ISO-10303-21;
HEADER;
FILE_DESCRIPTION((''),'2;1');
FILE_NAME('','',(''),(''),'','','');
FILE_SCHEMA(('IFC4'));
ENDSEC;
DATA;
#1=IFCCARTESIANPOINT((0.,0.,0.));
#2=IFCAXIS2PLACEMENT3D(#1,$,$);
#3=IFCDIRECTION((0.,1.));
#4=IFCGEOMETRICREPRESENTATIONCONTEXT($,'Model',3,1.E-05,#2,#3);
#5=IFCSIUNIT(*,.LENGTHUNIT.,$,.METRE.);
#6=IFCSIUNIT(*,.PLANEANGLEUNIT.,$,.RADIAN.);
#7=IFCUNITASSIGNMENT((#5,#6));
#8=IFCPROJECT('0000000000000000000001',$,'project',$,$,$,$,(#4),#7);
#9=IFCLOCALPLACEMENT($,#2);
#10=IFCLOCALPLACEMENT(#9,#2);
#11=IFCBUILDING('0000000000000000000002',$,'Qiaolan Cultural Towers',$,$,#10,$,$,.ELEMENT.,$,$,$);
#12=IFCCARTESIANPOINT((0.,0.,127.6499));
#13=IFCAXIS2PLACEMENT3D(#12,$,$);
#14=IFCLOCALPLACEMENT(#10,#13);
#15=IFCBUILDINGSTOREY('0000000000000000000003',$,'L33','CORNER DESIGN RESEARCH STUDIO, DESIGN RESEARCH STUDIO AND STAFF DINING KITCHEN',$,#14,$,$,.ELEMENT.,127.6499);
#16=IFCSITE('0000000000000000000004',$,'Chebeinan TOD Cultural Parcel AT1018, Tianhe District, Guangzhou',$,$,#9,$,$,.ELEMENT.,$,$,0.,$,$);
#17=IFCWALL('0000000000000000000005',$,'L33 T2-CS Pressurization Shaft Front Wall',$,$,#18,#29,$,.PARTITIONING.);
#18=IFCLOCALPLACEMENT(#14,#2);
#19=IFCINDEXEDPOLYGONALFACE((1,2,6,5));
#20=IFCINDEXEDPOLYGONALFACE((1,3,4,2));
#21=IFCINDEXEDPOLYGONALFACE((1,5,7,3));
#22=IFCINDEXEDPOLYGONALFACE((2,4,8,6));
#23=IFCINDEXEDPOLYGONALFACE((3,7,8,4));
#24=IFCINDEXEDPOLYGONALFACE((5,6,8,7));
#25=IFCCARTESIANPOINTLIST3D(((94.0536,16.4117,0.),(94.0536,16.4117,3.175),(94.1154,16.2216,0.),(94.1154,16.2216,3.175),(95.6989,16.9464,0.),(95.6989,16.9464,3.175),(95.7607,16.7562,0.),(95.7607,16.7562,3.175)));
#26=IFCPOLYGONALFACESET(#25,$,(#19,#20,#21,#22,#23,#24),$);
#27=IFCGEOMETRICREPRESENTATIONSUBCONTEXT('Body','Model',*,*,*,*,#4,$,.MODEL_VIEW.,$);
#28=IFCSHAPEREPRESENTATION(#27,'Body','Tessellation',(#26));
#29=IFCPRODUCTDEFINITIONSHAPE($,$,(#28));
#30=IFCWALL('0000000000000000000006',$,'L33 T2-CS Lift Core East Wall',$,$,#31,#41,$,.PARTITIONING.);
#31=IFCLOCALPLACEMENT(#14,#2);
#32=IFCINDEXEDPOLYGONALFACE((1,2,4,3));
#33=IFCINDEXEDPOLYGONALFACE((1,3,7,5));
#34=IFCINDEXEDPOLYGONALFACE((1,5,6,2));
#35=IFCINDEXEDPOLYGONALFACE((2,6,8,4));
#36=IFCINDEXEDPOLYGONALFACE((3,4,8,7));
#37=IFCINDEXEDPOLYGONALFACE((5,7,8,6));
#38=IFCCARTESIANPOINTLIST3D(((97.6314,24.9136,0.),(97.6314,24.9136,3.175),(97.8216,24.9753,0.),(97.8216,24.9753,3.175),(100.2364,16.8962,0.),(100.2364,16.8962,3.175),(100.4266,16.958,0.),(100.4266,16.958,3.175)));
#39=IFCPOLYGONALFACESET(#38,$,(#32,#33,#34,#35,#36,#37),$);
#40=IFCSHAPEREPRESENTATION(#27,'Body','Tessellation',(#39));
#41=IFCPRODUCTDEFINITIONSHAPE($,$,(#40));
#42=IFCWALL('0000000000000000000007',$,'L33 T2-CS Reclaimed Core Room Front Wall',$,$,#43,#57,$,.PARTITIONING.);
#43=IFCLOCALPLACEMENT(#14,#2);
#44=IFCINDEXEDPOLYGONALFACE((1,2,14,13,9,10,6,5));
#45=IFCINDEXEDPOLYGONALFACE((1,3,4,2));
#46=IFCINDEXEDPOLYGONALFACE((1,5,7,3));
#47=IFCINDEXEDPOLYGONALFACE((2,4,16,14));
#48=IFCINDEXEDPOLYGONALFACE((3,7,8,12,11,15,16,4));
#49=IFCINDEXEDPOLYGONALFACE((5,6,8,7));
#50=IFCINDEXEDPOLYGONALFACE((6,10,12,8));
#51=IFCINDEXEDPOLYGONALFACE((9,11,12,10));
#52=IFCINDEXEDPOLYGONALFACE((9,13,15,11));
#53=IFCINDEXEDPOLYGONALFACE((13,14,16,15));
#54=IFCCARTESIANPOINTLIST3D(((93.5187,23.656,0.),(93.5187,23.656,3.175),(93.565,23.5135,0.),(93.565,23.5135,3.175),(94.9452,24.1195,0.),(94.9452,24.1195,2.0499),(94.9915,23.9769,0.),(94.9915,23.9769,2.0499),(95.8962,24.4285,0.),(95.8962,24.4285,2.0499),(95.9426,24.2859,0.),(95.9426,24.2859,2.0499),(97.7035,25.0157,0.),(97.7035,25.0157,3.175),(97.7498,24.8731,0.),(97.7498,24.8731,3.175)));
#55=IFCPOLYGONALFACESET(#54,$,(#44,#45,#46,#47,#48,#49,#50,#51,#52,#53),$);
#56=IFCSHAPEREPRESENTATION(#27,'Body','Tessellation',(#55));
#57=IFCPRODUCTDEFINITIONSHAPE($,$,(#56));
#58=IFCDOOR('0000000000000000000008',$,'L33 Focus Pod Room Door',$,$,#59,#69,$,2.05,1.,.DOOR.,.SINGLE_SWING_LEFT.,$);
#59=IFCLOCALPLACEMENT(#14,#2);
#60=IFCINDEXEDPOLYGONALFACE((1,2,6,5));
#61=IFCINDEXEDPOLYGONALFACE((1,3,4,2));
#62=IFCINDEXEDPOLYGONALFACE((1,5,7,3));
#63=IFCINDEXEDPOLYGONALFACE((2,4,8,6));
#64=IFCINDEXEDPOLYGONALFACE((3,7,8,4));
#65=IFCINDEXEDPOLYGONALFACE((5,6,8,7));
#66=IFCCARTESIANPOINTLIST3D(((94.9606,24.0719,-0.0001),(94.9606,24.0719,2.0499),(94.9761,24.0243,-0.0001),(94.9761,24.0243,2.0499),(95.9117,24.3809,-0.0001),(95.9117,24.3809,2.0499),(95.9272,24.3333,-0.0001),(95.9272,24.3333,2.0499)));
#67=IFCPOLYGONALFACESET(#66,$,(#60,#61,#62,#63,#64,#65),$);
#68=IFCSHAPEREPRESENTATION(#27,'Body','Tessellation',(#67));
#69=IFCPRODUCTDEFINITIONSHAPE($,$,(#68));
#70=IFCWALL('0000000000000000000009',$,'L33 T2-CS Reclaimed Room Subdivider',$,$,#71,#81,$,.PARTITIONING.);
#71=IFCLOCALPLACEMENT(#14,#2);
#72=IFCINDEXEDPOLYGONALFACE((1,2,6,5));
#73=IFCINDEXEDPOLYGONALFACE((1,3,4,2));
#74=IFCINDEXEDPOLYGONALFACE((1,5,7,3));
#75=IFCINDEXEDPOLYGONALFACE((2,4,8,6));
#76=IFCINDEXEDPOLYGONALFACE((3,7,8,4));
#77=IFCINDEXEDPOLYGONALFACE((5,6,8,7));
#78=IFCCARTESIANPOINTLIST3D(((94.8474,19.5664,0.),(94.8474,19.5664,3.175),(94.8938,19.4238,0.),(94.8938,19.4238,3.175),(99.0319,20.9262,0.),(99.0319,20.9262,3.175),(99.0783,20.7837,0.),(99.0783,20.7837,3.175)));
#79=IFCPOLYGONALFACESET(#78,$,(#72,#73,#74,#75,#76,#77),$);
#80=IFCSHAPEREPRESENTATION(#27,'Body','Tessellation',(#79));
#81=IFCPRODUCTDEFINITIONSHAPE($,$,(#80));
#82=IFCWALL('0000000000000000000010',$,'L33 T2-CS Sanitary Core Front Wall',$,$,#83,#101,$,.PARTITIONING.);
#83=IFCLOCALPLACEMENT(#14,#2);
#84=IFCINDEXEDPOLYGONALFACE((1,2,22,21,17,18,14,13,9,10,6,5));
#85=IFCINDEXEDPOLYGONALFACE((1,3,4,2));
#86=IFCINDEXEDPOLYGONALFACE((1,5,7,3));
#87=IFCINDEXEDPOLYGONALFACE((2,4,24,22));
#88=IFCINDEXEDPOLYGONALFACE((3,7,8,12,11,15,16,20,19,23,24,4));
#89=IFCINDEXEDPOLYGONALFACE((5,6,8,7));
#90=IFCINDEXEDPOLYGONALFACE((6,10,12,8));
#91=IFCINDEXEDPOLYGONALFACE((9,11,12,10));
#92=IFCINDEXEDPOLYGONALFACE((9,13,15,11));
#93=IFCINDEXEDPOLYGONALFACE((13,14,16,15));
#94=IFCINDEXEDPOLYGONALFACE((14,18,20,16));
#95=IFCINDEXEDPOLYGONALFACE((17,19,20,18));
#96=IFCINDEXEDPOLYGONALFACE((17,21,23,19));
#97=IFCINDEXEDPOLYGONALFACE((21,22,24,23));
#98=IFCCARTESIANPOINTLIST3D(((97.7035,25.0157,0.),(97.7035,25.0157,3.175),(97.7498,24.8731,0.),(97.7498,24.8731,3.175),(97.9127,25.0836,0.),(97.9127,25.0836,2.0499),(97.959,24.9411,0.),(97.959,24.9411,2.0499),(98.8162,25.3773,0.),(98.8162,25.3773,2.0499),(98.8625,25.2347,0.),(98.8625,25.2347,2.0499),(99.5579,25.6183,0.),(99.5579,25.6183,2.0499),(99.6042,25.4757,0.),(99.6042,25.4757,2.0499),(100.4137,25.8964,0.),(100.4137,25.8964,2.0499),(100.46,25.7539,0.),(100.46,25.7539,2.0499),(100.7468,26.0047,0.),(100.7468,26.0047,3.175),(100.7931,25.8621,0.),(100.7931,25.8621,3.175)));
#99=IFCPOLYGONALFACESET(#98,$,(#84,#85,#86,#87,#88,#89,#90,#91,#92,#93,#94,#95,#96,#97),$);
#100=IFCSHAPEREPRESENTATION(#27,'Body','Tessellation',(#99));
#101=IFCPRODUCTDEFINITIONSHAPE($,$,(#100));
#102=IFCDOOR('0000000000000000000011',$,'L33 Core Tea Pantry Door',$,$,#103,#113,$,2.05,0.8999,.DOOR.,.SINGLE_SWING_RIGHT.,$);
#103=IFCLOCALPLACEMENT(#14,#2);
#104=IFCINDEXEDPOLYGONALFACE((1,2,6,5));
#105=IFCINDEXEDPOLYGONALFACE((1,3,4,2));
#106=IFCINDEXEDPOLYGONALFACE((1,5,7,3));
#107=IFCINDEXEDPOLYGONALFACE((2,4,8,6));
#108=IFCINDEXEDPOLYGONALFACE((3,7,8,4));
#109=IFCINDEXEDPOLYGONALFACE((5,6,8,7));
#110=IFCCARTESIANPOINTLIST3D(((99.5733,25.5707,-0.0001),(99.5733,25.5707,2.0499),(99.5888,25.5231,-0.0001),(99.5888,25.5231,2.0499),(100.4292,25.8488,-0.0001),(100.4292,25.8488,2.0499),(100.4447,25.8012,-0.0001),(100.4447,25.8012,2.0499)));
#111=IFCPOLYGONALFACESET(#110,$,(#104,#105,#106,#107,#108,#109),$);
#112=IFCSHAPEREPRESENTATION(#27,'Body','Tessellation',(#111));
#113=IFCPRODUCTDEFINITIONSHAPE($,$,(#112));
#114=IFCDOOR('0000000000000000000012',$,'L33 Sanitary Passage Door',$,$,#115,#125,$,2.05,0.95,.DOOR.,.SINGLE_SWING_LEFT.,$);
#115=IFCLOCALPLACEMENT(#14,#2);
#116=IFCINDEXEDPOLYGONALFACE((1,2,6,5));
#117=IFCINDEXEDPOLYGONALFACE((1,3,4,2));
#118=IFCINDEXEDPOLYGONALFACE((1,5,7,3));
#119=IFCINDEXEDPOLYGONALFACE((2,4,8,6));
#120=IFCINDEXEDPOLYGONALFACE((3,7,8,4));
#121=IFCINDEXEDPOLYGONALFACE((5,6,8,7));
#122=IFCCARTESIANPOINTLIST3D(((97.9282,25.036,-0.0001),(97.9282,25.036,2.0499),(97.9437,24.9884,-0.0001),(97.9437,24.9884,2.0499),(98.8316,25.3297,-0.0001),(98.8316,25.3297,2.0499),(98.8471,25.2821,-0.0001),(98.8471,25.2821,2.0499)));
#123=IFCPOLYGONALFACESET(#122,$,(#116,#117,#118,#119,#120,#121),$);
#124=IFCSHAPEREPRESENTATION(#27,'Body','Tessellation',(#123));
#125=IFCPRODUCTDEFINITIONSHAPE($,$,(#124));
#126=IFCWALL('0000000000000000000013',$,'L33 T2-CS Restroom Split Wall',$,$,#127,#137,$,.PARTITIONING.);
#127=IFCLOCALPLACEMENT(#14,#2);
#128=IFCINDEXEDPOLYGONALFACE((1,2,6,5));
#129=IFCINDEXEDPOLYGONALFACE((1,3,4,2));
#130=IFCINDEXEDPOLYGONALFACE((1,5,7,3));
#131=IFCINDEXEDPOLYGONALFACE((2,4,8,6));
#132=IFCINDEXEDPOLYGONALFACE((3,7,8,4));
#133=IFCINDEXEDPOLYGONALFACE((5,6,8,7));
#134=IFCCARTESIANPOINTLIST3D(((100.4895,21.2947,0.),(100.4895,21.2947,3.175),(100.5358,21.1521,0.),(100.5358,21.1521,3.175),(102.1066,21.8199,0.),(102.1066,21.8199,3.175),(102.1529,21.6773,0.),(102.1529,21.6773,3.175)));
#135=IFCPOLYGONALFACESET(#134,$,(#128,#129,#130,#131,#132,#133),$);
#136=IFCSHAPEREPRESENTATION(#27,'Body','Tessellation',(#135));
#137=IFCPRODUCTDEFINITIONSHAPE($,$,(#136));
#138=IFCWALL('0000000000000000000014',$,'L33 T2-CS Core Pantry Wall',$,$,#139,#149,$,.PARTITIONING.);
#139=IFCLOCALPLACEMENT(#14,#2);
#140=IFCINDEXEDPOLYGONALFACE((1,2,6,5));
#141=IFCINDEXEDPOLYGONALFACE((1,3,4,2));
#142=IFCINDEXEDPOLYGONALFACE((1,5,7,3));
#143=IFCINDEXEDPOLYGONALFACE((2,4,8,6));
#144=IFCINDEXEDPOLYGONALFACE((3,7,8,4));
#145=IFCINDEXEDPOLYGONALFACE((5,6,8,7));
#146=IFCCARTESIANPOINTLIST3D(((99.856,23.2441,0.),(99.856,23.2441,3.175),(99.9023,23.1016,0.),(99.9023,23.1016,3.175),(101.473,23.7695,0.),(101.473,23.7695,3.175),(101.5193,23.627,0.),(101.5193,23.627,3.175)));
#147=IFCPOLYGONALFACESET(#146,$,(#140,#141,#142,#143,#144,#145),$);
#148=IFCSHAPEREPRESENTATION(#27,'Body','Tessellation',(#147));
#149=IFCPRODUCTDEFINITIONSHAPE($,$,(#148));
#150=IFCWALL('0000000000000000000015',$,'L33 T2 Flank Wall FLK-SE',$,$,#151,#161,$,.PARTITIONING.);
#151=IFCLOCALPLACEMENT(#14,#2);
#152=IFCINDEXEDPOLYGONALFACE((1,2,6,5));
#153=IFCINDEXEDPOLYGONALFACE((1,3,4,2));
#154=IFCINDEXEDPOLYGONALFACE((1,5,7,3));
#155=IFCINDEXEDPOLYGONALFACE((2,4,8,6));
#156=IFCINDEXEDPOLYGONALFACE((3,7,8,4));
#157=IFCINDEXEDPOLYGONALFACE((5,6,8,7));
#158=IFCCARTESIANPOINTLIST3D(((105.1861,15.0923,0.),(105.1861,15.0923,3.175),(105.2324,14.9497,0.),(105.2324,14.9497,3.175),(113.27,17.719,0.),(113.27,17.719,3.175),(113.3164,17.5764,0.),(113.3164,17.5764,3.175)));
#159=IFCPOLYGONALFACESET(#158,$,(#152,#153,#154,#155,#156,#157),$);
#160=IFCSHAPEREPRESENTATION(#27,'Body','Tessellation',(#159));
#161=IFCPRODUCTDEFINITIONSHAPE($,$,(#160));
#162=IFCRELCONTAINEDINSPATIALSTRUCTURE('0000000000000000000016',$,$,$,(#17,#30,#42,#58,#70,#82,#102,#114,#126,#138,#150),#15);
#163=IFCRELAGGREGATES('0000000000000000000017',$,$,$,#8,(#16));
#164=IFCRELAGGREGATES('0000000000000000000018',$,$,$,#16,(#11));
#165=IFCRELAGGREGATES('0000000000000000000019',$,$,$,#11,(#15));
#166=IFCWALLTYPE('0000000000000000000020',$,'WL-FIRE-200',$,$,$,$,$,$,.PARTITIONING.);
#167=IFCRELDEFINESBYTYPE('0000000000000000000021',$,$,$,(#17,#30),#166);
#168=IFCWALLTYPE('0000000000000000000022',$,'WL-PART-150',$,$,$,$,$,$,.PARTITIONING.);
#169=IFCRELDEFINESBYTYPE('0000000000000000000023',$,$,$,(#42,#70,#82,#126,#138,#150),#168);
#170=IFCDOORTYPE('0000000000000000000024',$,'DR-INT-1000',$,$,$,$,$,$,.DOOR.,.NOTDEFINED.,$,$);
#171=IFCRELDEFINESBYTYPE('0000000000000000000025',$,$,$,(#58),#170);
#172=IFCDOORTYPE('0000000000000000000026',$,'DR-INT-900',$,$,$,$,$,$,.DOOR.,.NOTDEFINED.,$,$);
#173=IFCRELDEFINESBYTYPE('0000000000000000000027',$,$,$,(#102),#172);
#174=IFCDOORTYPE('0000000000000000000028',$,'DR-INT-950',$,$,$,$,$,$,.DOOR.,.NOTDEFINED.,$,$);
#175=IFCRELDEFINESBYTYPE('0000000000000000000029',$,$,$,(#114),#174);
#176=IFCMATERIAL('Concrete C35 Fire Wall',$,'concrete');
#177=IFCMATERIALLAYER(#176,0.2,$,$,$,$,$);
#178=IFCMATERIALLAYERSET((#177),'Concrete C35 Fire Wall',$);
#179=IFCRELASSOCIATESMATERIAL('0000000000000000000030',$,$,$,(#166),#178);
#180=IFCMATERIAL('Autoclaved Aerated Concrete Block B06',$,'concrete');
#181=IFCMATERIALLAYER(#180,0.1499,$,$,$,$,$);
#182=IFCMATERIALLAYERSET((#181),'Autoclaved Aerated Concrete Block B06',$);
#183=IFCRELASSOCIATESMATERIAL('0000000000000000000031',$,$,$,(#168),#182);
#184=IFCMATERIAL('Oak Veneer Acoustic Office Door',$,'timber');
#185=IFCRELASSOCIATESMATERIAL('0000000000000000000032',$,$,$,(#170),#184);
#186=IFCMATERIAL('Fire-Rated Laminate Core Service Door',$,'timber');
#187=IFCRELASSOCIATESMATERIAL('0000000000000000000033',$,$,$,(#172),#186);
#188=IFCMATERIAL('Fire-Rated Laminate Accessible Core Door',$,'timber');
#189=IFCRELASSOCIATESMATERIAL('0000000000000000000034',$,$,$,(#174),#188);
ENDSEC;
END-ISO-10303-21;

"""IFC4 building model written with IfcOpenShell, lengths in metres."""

from ifc_helpers import new_model, si_unit, direction, frame, frame_2d, origin, place, context, subcontext, project, spatial, rectangle, extrude, material, layer, layer_set, type_object, element, fill, save


model = new_model("IFC4")

# Units and contexts
model_context = context("Model", 3, precision=1e-05, world=origin(), true_north=direction((0.0, 1.0)))
body_context = subcontext(model_context, "Body", "Model", "MODEL_VIEW")
ifc_project = project(units=[si_unit("LENGTHUNIT", "METRE"), si_unit("PLANEANGLEUNIT", "RADIAN")], contexts=[model_context])

# Site, building, storey
site_placement = place(None, origin())
site = spatial("IfcSite", under=ifc_project, at=site_placement, Name="Chebeinan TOD Cultural Parcel AT1018, Tianhe District, Guangzhou", CompositionType="ELEMENT", RefElevation=0.0)
building_placement = place(site_placement, origin())
building = spatial("IfcBuilding", under=site, at=building_placement, Name="Qiaolan Cultural Towers", CompositionType="ELEMENT")
storey_placement = place(building_placement, frame((0.0, 0.0, 127.6499)))
storey = spatial("IfcBuildingStorey", under=building, at=storey_placement, Name="L33", Description="CORNER DESIGN RESEARCH STUDIO, DESIGN RESEARCH STUDIO AND STAFF DINING KITCHEN", CompositionType="ELEMENT", Elevation=127.6499)

# Walls
ifc_material_1 = material(Name="Concrete C35 Fire Wall", Category="concrete")
ifc_layer_1 = layer(ifc_material_1, 0.2)
ifc_layer_set_1 = layer_set([ifc_layer_1], Name="Concrete C35 Fire Wall")
wall_type_1 = type_object("IfcWallType", Name="WL-FIRE-200", PredefinedType="PARTITIONING", material=ifc_layer_set_1)
wall_1_placement = place(storey_placement, frame((94.0845, 16.3167, 0.0), z_axis=(0.0, 0.0, 1.0), x_axis=(0.951041, 0.309064, 0.0)))
element("IfcWall", 1, at=wall_1_placement, inside=storey, type_object=wall_type_1, Name="L33 T2-CS Pressurization Shaft Front Wall", PredefinedType="PARTITIONING", context=body_context, shape_type="SweptSolid", body=[
    extrude(rectangle(XDim=1.73, YDim=0.2, at=frame_2d((0.865, 0.0))), origin(), (0.0, 0.0, 1.0), 3.175),
])
wall_2_placement = place(storey_placement, frame((97.7266, 24.9443, 0.0), z_axis=(0.0, 0.0, 1.0), x_axis=(0.309016, -0.951057, 0.0)))
element("IfcWall", 2, at=wall_2_placement, inside=storey, type_object=wall_type_1, Name="L33 T2-CS Lift Core East Wall", PredefinedType="PARTITIONING", context=body_context, shape_type="SweptSolid", body=[
    extrude(rectangle(XDim=8.4299, YDim=0.2, at=frame_2d((4.2148, 0.0))), origin(), (0.0, 0.0, 1.0), 3.175),
])

# Wall, opening, door
ifc_material_2 = material(Name="Autoclaved Aerated Concrete Block B06", Category="concrete")
ifc_layer_2 = layer(ifc_material_2, 0.1499)
ifc_layer_set_2 = layer_set([ifc_layer_2], Name="Autoclaved Aerated Concrete Block B06")
wall_type_2 = type_object("IfcWallType", Name="WL-PART-150", PredefinedType="PARTITIONING", material=ifc_layer_set_2)
wall_3_placement = place(storey_placement, frame((93.5417, 23.5847, 0.0), z_axis=(0.0, 0.0, 1.0), x_axis=(0.951064, 0.308994, 0.0)))
wall_3 = element("IfcWall", 3, at=wall_3_placement, inside=storey, type_object=wall_type_2, Name="L33 T2-CS Reclaimed Core Room Front Wall", PredefinedType="PARTITIONING", context=body_context, shape_type="SweptSolid", body=[
    extrude(rectangle(XDim=4.4001, YDim=0.1499, at=frame_2d((2.2002, 0.0))), origin(), (0.0, 0.0, 1.0), 3.175),
])
opening_1_placement = place(wall_3_placement, frame((1.5, 0.0, 0.0)))
opening_1 = element("IfcOpeningElement", 4, at=opening_1_placement, cuts=wall_3, PredefinedType="OPENING", context=body_context, shape_type="SweptSolid", body=[
    extrude(rectangle(XDim=1.0, YDim=2.05, at=frame_2d((0.5, 1.0249))), frame((0.0, 0.085, 0.0), z_axis=(0.0, -1.0, 0.0), x_axis=(1.0, 0.0, 0.0)), (0.0, 0.0, 1.0), 0.1699),
])
ifc_material_3 = material(Name="Oak Veneer Acoustic Office Door", Category="timber")
door_type_1 = type_object("IfcDoorType", Name="DR-INT-1000", OperationType="NOTDEFINED", PredefinedType="DOOR", material=ifc_material_3)
door_1_placement = place(opening_1_placement, origin())
door_1 = element("IfcDoor", 5, at=door_1_placement, inside=storey, type_object=door_type_1, Name="L33 Focus Pod Room Door", OperationType="SINGLE_SWING_LEFT", OverallHeight=2.05, OverallWidth=1.0, PredefinedType="DOOR", context=body_context, shape_type="SweptSolid", body=[
    extrude(rectangle(XDim=1.0, YDim=2.05, at=frame_2d((0.5, 1.0249))), frame((0.0, 0.0249, 0.0), z_axis=(0.0, -1.0, 0.0), x_axis=(1.0, 0.0, 0.0)), (0.0, 0.0, 1.0), 0.05),
])
fill(opening_1, door_1)

# Wall
wall_4_placement = place(storey_placement, frame((94.8706, 19.4951, 0.0), z_axis=(0.0, 0.0, 1.0), x_axis=(0.951042, 0.309061, 0.0)))
element("IfcWall", 6, at=wall_4_placement, inside=storey, type_object=wall_type_2, Name="L33 T2-CS Reclaimed Room Subdivider", PredefinedType="PARTITIONING", context=body_context, shape_type="SweptSolid", body=[
    extrude(rectangle(XDim=4.3999, YDim=0.1499, at=frame_2d((2.2, 0.0))), origin(), (0.0, 0.0, 1.0), 3.175),
])

# Wall, openings, doors
wall_5_placement = place(storey_placement, frame((97.7266, 24.9443, 0.0), z_axis=(0.0, 0.0, 1.0), x_axis=(0.951037, 0.309077, 0.0)))
wall_5 = element("IfcWall", 7, at=wall_5_placement, inside=storey, type_object=wall_type_2, Name="L33 T2-CS Sanitary Core Front Wall", PredefinedType="PARTITIONING", context=body_context, shape_type="SweptSolid", body=[
    extrude(rectangle(XDim=3.2, YDim=0.1499, at=frame_2d((1.6001, 0.0))), origin(), (0.0, 0.0, 1.0), 3.175),
])
opening_2_placement = place(wall_5_placement, frame((0.22, 0.0, 0.0)))
opening_2 = element("IfcOpeningElement", 8, at=opening_2_placement, cuts=wall_5, PredefinedType="OPENING", context=body_context, shape_type="SweptSolid", body=[
    extrude(rectangle(XDim=0.95, YDim=2.05, at=frame_2d((0.4751, 1.0249))), frame((0.0, 0.085, 0.0), z_axis=(0.0, -1.0, 0.0), x_axis=(1.0, 0.0, 0.0)), (0.0, 0.0, 1.0), 0.1699),
])
opening_3_placement = place(wall_5_placement, frame((1.95, 0.0, 0.0)))
opening_3 = element("IfcOpeningElement", 9, at=opening_3_placement, cuts=wall_5, PredefinedType="OPENING", context=body_context, shape_type="SweptSolid", body=[
    extrude(rectangle(XDim=0.8999, YDim=2.05, at=frame_2d((0.45, 1.0249))), frame((0.0, 0.085, 0.0), z_axis=(0.0, -1.0, 0.0), x_axis=(1.0, 0.0, 0.0)), (0.0, 0.0, 1.0), 0.1699),
])
ifc_material_4 = material(Name="Fire-Rated Laminate Core Service Door", Category="timber")
door_type_2 = type_object("IfcDoorType", Name="DR-INT-900", OperationType="NOTDEFINED", PredefinedType="DOOR", material=ifc_material_4)
door_2_placement = place(opening_3_placement, origin())
door_2 = element("IfcDoor", 10, at=door_2_placement, inside=storey, type_object=door_type_2, Name="L33 Core Tea Pantry Door", OperationType="SINGLE_SWING_RIGHT", OverallHeight=2.05, OverallWidth=0.8999, PredefinedType="DOOR", context=body_context, shape_type="SweptSolid", body=[
    extrude(rectangle(XDim=0.8999, YDim=2.05, at=frame_2d((0.45, 1.0249))), frame((0.0, 0.0249, 0.0), z_axis=(0.0, -1.0, 0.0), x_axis=(1.0, 0.0, 0.0)), (0.0, 0.0, 1.0), 0.05),
])
fill(opening_3, door_2)
ifc_material_5 = material(Name="Fire-Rated Laminate Accessible Core Door", Category="timber")
door_type_3 = type_object("IfcDoorType", Name="DR-INT-950", OperationType="NOTDEFINED", PredefinedType="DOOR", material=ifc_material_5)
door_3_placement = place(opening_2_placement, origin())
door_3 = element("IfcDoor", 11, at=door_3_placement, inside=storey, type_object=door_type_3, Name="L33 Sanitary Passage Door", OperationType="SINGLE_SWING_LEFT", OverallHeight=2.05, OverallWidth=0.95, PredefinedType="DOOR", context=body_context, shape_type="SweptSolid", body=[
    extrude(rectangle(XDim=0.95, YDim=2.05, at=frame_2d((0.4751, 1.0249))), frame((0.0, 0.0249, 0.0), z_axis=(0.0, -1.0, 0.0), x_axis=(1.0, 0.0, 0.0)), (0.0, 0.0, 1.0), 0.05),
])
fill(opening_2, door_3)

# Walls
for number, where, z_axis, x_axis, name in (
    (12, (100.5127, 21.2234, 0.0), (0.0, 0.0, 1.0), (0.951096, 0.308894, 0.0), "L33 T2-CS Restroom Split Wall"),
    (13, (99.8792, 23.1729, 0.0), (0.0, 0.0, 1.0), (0.951054, 0.309024, 0.0), "L33 T2-CS Core Pantry Wall"),
):
    element("IfcWall", number, at=place(storey_placement, frame(where, z_axis=z_axis, x_axis=x_axis)), inside=storey, type_object=wall_type_2, Name=name, PredefinedType="PARTITIONING", context=body_context, shape_type="SweptSolid", body=[
        extrude(rectangle(XDim=1.7002, YDim=0.1499, at=frame_2d((0.8501, 0.0))), origin(), (0.0, 0.0, 1.0), 3.175),
    ])
wall_6_placement = place(storey_placement, frame((105.2092, 15.021, 0.0), z_axis=(0.0, 0.0, 1.0), x_axis=(0.951054, 0.309024, 0.0)))
element("IfcWall", 14, at=wall_6_placement, inside=storey, type_object=wall_type_2, Name="L33 T2 Flank Wall FLK-SE", PredefinedType="PARTITIONING", context=body_context, shape_type="SweptSolid", body=[
    extrude(rectangle(XDim=8.5, YDim=0.1499, at=frame_2d((4.25, 0.0))), origin(), (0.0, 0.0, 1.0), 3.175),
])

save(model, "model.ifc")
